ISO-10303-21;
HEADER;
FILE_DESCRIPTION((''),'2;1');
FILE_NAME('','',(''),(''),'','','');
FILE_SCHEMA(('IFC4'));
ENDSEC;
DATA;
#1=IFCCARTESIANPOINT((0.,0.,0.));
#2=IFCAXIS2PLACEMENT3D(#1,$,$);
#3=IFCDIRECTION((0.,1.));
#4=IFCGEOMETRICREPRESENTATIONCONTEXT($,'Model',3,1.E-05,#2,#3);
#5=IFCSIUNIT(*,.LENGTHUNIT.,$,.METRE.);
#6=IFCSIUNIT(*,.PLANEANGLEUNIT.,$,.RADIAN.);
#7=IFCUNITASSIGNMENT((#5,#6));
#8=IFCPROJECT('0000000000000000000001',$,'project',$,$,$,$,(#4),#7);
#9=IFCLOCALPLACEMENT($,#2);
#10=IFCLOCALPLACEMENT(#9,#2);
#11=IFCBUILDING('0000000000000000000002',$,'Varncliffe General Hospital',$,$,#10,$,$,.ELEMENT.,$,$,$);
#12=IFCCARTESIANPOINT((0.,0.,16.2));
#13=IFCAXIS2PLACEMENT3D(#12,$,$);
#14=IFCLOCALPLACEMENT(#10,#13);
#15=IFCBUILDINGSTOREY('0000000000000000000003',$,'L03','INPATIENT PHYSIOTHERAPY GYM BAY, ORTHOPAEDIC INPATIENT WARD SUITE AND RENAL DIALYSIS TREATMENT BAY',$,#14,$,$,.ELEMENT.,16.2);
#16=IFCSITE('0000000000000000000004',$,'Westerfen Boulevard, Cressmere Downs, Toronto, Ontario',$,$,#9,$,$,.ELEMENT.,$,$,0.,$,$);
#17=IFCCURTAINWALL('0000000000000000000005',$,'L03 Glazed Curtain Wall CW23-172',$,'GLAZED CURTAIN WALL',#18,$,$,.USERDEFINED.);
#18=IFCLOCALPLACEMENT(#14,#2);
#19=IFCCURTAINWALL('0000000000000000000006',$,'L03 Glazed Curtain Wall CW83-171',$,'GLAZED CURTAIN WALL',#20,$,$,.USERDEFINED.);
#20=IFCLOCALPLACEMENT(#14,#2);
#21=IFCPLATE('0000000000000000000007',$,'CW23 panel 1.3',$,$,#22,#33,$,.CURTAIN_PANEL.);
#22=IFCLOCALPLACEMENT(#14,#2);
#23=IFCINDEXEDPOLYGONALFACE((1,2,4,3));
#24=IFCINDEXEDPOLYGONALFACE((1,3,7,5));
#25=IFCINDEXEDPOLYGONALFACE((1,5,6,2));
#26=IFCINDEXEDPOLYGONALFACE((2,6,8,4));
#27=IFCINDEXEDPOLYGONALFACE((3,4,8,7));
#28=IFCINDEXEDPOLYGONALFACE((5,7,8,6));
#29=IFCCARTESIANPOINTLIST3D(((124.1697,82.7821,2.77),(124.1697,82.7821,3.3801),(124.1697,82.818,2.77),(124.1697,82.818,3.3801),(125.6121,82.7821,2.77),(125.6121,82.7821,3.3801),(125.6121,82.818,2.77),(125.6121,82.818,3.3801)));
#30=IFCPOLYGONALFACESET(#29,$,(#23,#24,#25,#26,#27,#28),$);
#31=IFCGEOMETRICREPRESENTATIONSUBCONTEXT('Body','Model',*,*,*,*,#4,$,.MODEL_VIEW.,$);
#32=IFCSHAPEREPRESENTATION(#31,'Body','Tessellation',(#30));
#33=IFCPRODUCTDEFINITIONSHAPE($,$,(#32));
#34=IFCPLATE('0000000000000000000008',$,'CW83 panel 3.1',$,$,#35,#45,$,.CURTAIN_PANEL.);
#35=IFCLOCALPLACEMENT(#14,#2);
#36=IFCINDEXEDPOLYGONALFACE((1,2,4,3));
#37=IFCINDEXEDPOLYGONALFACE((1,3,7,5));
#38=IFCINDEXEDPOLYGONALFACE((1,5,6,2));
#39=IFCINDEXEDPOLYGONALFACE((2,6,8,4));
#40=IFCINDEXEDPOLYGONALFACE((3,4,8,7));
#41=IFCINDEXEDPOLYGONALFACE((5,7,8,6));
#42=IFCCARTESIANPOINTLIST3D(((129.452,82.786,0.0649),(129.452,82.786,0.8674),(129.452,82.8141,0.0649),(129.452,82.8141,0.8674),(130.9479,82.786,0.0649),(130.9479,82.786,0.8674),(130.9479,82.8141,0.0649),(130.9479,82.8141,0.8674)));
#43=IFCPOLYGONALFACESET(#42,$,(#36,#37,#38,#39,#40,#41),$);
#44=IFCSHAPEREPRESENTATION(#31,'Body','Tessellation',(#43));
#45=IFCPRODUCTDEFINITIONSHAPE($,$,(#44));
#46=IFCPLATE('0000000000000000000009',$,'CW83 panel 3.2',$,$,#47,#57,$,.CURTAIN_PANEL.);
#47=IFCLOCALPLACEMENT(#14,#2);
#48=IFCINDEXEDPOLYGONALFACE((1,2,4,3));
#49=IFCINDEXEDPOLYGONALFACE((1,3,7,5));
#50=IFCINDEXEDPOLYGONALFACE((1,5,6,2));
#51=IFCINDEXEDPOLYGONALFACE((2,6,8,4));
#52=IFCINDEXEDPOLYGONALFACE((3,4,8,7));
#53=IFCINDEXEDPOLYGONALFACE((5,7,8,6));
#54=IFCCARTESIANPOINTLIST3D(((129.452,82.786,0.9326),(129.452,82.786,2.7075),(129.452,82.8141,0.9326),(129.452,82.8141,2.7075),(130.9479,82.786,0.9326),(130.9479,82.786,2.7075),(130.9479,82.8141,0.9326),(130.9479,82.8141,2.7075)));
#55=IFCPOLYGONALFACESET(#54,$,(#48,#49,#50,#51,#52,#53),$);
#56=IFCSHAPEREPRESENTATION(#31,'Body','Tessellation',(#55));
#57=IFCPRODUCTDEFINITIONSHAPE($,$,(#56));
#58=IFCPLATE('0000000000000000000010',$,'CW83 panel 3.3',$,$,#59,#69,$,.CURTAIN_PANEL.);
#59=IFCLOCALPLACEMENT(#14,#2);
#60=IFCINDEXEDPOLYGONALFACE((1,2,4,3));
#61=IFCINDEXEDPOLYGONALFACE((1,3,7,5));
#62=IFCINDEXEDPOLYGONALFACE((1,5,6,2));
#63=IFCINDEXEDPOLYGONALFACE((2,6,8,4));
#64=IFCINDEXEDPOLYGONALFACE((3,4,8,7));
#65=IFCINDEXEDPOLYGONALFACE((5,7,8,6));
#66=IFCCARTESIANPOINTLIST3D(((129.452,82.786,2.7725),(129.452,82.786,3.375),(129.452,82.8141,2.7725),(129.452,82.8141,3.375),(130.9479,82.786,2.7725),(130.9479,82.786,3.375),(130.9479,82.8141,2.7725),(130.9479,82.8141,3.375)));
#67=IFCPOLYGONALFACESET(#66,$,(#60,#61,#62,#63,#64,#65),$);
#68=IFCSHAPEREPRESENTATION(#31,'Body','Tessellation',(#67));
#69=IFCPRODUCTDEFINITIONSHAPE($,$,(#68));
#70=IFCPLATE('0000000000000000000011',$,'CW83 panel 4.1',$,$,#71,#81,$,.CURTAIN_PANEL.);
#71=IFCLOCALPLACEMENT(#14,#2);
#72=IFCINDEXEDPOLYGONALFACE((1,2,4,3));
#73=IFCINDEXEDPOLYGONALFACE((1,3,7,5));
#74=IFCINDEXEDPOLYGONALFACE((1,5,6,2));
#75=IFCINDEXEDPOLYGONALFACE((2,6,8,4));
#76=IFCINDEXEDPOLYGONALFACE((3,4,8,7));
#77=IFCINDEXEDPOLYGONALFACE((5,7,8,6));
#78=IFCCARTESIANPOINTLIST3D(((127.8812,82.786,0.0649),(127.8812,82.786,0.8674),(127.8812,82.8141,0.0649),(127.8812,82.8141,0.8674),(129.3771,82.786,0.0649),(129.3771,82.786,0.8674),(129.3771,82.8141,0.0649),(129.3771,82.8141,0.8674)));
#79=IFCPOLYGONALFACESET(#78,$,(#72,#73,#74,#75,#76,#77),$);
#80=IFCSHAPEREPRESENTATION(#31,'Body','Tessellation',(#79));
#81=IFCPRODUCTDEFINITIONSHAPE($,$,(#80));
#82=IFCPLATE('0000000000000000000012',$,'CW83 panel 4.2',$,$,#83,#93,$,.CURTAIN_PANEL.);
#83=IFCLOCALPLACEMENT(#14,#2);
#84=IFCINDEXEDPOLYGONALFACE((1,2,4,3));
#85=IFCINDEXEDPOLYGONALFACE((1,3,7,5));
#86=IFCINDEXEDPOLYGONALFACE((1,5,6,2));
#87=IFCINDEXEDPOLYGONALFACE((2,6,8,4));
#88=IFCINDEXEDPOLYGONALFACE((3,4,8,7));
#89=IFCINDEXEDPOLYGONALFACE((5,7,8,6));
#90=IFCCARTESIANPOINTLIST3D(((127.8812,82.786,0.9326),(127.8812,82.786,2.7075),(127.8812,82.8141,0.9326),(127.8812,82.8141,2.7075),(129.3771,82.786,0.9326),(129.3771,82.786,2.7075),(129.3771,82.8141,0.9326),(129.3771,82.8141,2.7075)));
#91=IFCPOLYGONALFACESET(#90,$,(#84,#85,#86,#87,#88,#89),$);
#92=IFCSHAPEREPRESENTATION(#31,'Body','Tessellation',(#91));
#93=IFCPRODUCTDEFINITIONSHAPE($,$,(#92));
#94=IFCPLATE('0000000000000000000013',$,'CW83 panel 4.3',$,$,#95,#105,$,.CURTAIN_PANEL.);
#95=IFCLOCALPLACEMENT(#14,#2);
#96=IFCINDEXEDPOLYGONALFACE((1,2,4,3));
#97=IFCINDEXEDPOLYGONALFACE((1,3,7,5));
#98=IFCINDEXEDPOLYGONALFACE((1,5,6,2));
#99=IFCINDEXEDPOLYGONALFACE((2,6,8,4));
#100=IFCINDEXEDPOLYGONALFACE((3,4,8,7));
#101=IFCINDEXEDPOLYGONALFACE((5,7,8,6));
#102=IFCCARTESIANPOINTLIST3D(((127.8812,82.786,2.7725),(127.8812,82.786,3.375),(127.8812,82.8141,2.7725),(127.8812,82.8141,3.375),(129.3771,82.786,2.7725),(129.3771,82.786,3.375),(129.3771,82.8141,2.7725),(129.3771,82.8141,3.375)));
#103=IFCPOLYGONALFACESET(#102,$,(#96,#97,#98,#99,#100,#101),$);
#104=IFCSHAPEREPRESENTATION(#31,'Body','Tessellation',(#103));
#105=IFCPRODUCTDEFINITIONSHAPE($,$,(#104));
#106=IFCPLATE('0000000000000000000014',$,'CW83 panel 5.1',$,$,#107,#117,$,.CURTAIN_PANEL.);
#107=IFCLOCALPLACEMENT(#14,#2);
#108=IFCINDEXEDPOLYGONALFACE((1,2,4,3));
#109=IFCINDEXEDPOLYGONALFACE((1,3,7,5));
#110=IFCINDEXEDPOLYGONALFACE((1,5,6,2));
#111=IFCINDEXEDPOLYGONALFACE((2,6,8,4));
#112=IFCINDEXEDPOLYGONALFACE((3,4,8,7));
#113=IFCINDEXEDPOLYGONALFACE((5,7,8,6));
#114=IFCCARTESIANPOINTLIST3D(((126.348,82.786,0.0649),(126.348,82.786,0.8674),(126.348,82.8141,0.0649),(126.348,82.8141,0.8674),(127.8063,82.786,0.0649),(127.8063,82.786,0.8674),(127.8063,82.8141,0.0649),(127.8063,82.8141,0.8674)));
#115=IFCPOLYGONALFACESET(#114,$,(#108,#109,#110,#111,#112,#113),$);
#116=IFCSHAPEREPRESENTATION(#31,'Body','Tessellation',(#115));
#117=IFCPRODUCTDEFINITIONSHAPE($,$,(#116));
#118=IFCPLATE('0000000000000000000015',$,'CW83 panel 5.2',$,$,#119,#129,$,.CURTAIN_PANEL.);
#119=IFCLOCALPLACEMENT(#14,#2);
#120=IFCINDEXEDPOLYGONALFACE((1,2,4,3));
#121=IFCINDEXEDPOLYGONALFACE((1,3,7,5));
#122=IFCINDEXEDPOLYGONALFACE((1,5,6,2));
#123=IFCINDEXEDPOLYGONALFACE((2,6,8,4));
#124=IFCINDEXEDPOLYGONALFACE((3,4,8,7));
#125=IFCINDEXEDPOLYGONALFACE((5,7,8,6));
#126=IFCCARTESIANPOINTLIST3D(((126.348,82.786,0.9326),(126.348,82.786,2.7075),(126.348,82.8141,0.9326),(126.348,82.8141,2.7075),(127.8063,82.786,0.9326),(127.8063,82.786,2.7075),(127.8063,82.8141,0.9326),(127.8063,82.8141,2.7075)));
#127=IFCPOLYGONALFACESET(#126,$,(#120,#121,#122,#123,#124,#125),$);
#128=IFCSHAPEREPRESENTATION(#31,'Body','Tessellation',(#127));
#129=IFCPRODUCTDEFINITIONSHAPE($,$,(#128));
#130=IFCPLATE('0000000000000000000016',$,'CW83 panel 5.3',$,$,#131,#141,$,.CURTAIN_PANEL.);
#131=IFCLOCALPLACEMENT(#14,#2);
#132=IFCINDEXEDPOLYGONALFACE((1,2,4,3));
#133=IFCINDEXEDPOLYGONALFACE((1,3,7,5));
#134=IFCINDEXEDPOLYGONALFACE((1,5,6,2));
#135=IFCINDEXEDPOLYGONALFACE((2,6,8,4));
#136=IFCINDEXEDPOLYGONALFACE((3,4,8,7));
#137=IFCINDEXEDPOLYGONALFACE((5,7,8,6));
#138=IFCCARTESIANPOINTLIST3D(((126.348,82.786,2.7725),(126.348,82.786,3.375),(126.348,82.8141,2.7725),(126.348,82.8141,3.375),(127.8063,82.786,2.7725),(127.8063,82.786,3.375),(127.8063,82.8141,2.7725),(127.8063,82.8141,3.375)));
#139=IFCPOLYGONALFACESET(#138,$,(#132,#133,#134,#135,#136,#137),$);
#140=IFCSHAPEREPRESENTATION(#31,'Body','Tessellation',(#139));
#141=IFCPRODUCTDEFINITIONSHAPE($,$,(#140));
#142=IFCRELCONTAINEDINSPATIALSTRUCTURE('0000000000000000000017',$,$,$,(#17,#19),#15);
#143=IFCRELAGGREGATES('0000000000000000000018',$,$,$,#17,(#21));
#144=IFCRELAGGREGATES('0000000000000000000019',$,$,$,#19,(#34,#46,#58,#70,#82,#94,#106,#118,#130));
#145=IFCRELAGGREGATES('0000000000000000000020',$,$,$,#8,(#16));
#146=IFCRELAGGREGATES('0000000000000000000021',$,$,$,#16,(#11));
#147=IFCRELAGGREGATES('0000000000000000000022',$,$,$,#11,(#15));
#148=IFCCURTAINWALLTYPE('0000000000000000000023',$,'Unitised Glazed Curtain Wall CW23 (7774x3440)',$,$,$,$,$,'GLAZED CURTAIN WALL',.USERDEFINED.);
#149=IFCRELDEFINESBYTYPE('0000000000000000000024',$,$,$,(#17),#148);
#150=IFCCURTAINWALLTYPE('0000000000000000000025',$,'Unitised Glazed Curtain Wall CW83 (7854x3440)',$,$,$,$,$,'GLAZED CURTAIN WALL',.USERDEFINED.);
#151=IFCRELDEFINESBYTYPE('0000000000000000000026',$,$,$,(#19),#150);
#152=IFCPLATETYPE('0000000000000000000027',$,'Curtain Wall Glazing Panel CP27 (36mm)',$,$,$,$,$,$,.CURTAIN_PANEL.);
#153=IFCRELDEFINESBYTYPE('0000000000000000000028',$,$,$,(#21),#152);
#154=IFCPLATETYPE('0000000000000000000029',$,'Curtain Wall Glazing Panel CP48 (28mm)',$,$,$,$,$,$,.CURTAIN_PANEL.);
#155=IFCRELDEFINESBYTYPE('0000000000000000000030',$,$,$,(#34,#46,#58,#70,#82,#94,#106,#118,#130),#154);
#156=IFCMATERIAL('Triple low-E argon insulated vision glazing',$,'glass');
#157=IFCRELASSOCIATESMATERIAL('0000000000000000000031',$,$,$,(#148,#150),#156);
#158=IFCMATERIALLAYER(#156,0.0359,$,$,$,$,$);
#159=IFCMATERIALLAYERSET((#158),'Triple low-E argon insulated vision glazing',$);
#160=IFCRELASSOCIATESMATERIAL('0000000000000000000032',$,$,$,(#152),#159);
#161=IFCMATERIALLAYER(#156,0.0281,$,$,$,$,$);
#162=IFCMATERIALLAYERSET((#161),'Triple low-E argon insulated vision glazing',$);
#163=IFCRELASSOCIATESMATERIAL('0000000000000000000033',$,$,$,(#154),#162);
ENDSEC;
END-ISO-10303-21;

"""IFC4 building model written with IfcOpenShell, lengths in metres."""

from ifc_helpers import new_model, si_unit, direction, frame, origin, origin_2d, place, context, subcontext, project, spatial, rectangle, extrude, material, layer, layer_set, type_object, element, aggregate, save


model = new_model("IFC4")

# Units and contexts
model_context = context("Model", 3, precision=1e-05, world=origin(), true_north=direction((0.0, 1.0)))
body_context = subcontext(model_context, "Body", "Model", "MODEL_VIEW")
ifc_project = project(units=[si_unit("LENGTHUNIT", "METRE"), si_unit("PLANEANGLEUNIT", "RADIAN")], contexts=[model_context])

# Site, building, storey
site_placement = place(None, origin())
site = spatial("IfcSite", under=ifc_project, at=site_placement, Name="Westerfen Boulevard, Cressmere Downs, Toronto, Ontario", CompositionType="ELEMENT", RefElevation=0.0)
building_placement = place(site_placement, origin())
building = spatial("IfcBuilding", under=site, at=building_placement, Name="Varncliffe General Hospital", CompositionType="ELEMENT")
storey_placement = place(building_placement, frame((0.0, 0.0, 16.2)))
storey = spatial("IfcBuildingStorey", under=building, at=storey_placement, Name="L03", Description="INPATIENT PHYSIOTHERAPY GYM BAY, ORTHOPAEDIC INPATIENT WARD SUITE AND RENAL DIALYSIS TREATMENT BAY", CompositionType="ELEMENT", Elevation=16.2)

# Curtain walls
ifc_material_1 = material(Name="Triple low-E argon insulated vision glazing", Category="glass")
curtain_wall_type_1 = type_object("IfcCurtainWallType", Name="Unitised Glazed Curtain Wall CW23 (7774x3440)", ElementType="GLAZED CURTAIN WALL", PredefinedType="USERDEFINED", material=ifc_material_1)
curtain_wall_1_placement = place(storey_placement, origin())
curtain_wall_1 = element("IfcCurtainWall", 1, at=curtain_wall_1_placement, inside=storey, type_object=curtain_wall_type_1, Name="L03 Glazed Curtain Wall CW23-172", ObjectType="GLAZED CURTAIN WALL", PredefinedType="USERDEFINED")
curtain_wall_type_2 = type_object("IfcCurtainWallType", Name="Unitised Glazed Curtain Wall CW83 (7854x3440)", ElementType="GLAZED CURTAIN WALL", PredefinedType="USERDEFINED", material=ifc_material_1)
curtain_wall_2_placement = place(storey_placement, origin())
curtain_wall_2 = element("IfcCurtainWall", 2, at=curtain_wall_2_placement, inside=storey, type_object=curtain_wall_type_2, Name="L03 Glazed Curtain Wall CW83-171", ObjectType="GLAZED CURTAIN WALL", PredefinedType="USERDEFINED")

# Plates
ifc_layer_1 = layer(ifc_material_1, 0.0359)
ifc_layer_set_1 = layer_set([ifc_layer_1], Name="Triple low-E argon insulated vision glazing")
plate_type_1 = type_object("IfcPlateType", Name="Curtain Wall Glazing Panel CP27 (36mm)", PredefinedType="CURTAIN_PANEL", material=ifc_layer_set_1)
plate_1_placement = place(storey_placement, frame((124.8909, 82.8, 2.77), z_axis=(0.0, 0.0, 1.0), x_axis=(-1.0, 0.0, 0.0)))
plate_1 = element("IfcPlate", 3, at=plate_1_placement, type_object=plate_type_1, Name="CW23 panel 1.3", PredefinedType="CURTAIN_PANEL", context=body_context, shape_type="SweptSolid", body=[
    extrude(rectangle(XDim=1.4424, YDim=0.0359, at=origin_2d()), origin(), (0.0, 0.0, 1.0), 0.6101),
])
aggregate(curtain_wall_1, [plate_1])
ifc_layer_2 = layer(ifc_material_1, 0.0281)
ifc_layer_set_2 = layer_set([ifc_layer_2], Name="Triple low-E argon insulated vision glazing")
plate_type_2 = type_object("IfcPlateType", Name="Curtain Wall Glazing Panel CP48 (28mm)", PredefinedType="CURTAIN_PANEL", material=ifc_layer_set_2)
plate_2_placement = place(storey_placement, frame((130.2, 82.8, 0.0649), z_axis=(0.0, 0.0, 1.0), x_axis=(-1.0, 0.0, 0.0)))
plate_2 = element("IfcPlate", 4, at=plate_2_placement, type_object=plate_type_2, Name="CW83 panel 3.1", PredefinedType="CURTAIN_PANEL", context=body_context, shape_type="SweptSolid", body=[
    extrude(rectangle(XDim=1.4958, YDim=0.0281, at=origin_2d()), origin(), (0.0, 0.0, 1.0), 0.8025),
])
plate_3_placement = place(storey_placement, frame((130.2, 82.8, 0.9326), z_axis=(0.0, 0.0, 1.0), x_axis=(-1.0, 0.0, 0.0)))
plate_3 = element("IfcPlate", 5, at=plate_3_placement, type_object=plate_type_2, Name="CW83 panel 3.2", PredefinedType="CURTAIN_PANEL", context=body_context, shape_type="SweptSolid", body=[
    extrude(rectangle(XDim=1.4958, YDim=0.0281, at=origin_2d()), origin(), (0.0, 0.0, 1.0), 1.7749),
])
plate_4_placement = place(storey_placement, frame((130.2, 82.8, 2.7725), z_axis=(0.0, 0.0, 1.0), x_axis=(-1.0, 0.0, 0.0)))
plate_4 = element("IfcPlate", 6, at=plate_4_placement, type_object=plate_type_2, Name="CW83 panel 3.3", PredefinedType="CURTAIN_PANEL", context=body_context, shape_type="SweptSolid", body=[
    extrude(rectangle(XDim=1.4958, YDim=0.0281, at=origin_2d()), origin(), (0.0, 0.0, 1.0), 0.6025),
])
plate_5_placement = place(storey_placement, frame((128.6292, 82.8, 0.0649), z_axis=(0.0, 0.0, 1.0), x_axis=(-1.0, 0.0, 0.0)))
plate_5 = element("IfcPlate", 7, at=plate_5_placement, type_object=plate_type_2, Name="CW83 panel 4.1", PredefinedType="CURTAIN_PANEL", context=body_context, shape_type="SweptSolid", body=[
    extrude(rectangle(XDim=1.4958, YDim=0.0281, at=origin_2d()), origin(), (0.0, 0.0, 1.0), 0.8025),
])
plate_6_placement = place(storey_placement, frame((128.6292, 82.8, 0.9326), z_axis=(0.0, 0.0, 1.0), x_axis=(-1.0, 0.0, 0.0)))
plate_6 = element("IfcPlate", 8, at=plate_6_placement, type_object=plate_type_2, Name="CW83 panel 4.2", PredefinedType="CURTAIN_PANEL", context=body_context, shape_type="SweptSolid", body=[
    extrude(rectangle(XDim=1.4958, YDim=0.0281, at=origin_2d()), origin(), (0.0, 0.0, 1.0), 1.7749),
])
plate_7_placement = place(storey_placement, frame((128.6292, 82.8, 2.7725), z_axis=(0.0, 0.0, 1.0), x_axis=(-1.0, 0.0, 0.0)))
plate_7 = element("IfcPlate", 9, at=plate_7_placement, type_object=plate_type_2, Name="CW83 panel 4.3", PredefinedType="CURTAIN_PANEL", context=body_context, shape_type="SweptSolid", body=[
    extrude(rectangle(XDim=1.4958, YDim=0.0281, at=origin_2d()), origin(), (0.0, 0.0, 1.0), 0.6025),
])
plate_8_placement = place(storey_placement, frame((127.0771, 82.8, 0.0649), z_axis=(0.0, 0.0, 1.0), x_axis=(-1.0, 0.0, 0.0)))
plate_8 = element("IfcPlate", 10, at=plate_8_placement, type_object=plate_type_2, Name="CW83 panel 5.1", PredefinedType="CURTAIN_PANEL", context=body_context, shape_type="SweptSolid", body=[
    extrude(rectangle(XDim=1.4583, YDim=0.0281, at=origin_2d()), origin(), (0.0, 0.0, 1.0), 0.8025),
])
plate_9_placement = place(storey_placement, frame((127.0771, 82.8, 0.9326), z_axis=(0.0, 0.0, 1.0), x_axis=(-1.0, 0.0, 0.0)))
plate_9 = element("IfcPlate", 11, at=plate_9_placement, type_object=plate_type_2, Name="CW83 panel 5.2", PredefinedType="CURTAIN_PANEL", context=body_context, shape_type="SweptSolid", body=[
    extrude(rectangle(XDim=1.4583, YDim=0.0281, at=origin_2d()), origin(), (0.0, 0.0, 1.0), 1.7749),
])
plate_10_placement = place(storey_placement, frame((127.0771, 82.8, 2.7725), z_axis=(0.0, 0.0, 1.0), x_axis=(-1.0, 0.0, 0.0)))
plate_10 = element("IfcPlate", 12, at=plate_10_placement, type_object=plate_type_2, Name="CW83 panel 5.3", PredefinedType="CURTAIN_PANEL", context=body_context, shape_type="SweptSolid", body=[
    extrude(rectangle(XDim=1.4583, YDim=0.0281, at=origin_2d()), origin(), (0.0, 0.0, 1.0), 0.6025),
])
aggregate(curtain_wall_2, [plate_2, plate_3, plate_4, plate_5, plate_6, plate_7, plate_8, plate_9, plate_10])

save(model, "model.ifc")
